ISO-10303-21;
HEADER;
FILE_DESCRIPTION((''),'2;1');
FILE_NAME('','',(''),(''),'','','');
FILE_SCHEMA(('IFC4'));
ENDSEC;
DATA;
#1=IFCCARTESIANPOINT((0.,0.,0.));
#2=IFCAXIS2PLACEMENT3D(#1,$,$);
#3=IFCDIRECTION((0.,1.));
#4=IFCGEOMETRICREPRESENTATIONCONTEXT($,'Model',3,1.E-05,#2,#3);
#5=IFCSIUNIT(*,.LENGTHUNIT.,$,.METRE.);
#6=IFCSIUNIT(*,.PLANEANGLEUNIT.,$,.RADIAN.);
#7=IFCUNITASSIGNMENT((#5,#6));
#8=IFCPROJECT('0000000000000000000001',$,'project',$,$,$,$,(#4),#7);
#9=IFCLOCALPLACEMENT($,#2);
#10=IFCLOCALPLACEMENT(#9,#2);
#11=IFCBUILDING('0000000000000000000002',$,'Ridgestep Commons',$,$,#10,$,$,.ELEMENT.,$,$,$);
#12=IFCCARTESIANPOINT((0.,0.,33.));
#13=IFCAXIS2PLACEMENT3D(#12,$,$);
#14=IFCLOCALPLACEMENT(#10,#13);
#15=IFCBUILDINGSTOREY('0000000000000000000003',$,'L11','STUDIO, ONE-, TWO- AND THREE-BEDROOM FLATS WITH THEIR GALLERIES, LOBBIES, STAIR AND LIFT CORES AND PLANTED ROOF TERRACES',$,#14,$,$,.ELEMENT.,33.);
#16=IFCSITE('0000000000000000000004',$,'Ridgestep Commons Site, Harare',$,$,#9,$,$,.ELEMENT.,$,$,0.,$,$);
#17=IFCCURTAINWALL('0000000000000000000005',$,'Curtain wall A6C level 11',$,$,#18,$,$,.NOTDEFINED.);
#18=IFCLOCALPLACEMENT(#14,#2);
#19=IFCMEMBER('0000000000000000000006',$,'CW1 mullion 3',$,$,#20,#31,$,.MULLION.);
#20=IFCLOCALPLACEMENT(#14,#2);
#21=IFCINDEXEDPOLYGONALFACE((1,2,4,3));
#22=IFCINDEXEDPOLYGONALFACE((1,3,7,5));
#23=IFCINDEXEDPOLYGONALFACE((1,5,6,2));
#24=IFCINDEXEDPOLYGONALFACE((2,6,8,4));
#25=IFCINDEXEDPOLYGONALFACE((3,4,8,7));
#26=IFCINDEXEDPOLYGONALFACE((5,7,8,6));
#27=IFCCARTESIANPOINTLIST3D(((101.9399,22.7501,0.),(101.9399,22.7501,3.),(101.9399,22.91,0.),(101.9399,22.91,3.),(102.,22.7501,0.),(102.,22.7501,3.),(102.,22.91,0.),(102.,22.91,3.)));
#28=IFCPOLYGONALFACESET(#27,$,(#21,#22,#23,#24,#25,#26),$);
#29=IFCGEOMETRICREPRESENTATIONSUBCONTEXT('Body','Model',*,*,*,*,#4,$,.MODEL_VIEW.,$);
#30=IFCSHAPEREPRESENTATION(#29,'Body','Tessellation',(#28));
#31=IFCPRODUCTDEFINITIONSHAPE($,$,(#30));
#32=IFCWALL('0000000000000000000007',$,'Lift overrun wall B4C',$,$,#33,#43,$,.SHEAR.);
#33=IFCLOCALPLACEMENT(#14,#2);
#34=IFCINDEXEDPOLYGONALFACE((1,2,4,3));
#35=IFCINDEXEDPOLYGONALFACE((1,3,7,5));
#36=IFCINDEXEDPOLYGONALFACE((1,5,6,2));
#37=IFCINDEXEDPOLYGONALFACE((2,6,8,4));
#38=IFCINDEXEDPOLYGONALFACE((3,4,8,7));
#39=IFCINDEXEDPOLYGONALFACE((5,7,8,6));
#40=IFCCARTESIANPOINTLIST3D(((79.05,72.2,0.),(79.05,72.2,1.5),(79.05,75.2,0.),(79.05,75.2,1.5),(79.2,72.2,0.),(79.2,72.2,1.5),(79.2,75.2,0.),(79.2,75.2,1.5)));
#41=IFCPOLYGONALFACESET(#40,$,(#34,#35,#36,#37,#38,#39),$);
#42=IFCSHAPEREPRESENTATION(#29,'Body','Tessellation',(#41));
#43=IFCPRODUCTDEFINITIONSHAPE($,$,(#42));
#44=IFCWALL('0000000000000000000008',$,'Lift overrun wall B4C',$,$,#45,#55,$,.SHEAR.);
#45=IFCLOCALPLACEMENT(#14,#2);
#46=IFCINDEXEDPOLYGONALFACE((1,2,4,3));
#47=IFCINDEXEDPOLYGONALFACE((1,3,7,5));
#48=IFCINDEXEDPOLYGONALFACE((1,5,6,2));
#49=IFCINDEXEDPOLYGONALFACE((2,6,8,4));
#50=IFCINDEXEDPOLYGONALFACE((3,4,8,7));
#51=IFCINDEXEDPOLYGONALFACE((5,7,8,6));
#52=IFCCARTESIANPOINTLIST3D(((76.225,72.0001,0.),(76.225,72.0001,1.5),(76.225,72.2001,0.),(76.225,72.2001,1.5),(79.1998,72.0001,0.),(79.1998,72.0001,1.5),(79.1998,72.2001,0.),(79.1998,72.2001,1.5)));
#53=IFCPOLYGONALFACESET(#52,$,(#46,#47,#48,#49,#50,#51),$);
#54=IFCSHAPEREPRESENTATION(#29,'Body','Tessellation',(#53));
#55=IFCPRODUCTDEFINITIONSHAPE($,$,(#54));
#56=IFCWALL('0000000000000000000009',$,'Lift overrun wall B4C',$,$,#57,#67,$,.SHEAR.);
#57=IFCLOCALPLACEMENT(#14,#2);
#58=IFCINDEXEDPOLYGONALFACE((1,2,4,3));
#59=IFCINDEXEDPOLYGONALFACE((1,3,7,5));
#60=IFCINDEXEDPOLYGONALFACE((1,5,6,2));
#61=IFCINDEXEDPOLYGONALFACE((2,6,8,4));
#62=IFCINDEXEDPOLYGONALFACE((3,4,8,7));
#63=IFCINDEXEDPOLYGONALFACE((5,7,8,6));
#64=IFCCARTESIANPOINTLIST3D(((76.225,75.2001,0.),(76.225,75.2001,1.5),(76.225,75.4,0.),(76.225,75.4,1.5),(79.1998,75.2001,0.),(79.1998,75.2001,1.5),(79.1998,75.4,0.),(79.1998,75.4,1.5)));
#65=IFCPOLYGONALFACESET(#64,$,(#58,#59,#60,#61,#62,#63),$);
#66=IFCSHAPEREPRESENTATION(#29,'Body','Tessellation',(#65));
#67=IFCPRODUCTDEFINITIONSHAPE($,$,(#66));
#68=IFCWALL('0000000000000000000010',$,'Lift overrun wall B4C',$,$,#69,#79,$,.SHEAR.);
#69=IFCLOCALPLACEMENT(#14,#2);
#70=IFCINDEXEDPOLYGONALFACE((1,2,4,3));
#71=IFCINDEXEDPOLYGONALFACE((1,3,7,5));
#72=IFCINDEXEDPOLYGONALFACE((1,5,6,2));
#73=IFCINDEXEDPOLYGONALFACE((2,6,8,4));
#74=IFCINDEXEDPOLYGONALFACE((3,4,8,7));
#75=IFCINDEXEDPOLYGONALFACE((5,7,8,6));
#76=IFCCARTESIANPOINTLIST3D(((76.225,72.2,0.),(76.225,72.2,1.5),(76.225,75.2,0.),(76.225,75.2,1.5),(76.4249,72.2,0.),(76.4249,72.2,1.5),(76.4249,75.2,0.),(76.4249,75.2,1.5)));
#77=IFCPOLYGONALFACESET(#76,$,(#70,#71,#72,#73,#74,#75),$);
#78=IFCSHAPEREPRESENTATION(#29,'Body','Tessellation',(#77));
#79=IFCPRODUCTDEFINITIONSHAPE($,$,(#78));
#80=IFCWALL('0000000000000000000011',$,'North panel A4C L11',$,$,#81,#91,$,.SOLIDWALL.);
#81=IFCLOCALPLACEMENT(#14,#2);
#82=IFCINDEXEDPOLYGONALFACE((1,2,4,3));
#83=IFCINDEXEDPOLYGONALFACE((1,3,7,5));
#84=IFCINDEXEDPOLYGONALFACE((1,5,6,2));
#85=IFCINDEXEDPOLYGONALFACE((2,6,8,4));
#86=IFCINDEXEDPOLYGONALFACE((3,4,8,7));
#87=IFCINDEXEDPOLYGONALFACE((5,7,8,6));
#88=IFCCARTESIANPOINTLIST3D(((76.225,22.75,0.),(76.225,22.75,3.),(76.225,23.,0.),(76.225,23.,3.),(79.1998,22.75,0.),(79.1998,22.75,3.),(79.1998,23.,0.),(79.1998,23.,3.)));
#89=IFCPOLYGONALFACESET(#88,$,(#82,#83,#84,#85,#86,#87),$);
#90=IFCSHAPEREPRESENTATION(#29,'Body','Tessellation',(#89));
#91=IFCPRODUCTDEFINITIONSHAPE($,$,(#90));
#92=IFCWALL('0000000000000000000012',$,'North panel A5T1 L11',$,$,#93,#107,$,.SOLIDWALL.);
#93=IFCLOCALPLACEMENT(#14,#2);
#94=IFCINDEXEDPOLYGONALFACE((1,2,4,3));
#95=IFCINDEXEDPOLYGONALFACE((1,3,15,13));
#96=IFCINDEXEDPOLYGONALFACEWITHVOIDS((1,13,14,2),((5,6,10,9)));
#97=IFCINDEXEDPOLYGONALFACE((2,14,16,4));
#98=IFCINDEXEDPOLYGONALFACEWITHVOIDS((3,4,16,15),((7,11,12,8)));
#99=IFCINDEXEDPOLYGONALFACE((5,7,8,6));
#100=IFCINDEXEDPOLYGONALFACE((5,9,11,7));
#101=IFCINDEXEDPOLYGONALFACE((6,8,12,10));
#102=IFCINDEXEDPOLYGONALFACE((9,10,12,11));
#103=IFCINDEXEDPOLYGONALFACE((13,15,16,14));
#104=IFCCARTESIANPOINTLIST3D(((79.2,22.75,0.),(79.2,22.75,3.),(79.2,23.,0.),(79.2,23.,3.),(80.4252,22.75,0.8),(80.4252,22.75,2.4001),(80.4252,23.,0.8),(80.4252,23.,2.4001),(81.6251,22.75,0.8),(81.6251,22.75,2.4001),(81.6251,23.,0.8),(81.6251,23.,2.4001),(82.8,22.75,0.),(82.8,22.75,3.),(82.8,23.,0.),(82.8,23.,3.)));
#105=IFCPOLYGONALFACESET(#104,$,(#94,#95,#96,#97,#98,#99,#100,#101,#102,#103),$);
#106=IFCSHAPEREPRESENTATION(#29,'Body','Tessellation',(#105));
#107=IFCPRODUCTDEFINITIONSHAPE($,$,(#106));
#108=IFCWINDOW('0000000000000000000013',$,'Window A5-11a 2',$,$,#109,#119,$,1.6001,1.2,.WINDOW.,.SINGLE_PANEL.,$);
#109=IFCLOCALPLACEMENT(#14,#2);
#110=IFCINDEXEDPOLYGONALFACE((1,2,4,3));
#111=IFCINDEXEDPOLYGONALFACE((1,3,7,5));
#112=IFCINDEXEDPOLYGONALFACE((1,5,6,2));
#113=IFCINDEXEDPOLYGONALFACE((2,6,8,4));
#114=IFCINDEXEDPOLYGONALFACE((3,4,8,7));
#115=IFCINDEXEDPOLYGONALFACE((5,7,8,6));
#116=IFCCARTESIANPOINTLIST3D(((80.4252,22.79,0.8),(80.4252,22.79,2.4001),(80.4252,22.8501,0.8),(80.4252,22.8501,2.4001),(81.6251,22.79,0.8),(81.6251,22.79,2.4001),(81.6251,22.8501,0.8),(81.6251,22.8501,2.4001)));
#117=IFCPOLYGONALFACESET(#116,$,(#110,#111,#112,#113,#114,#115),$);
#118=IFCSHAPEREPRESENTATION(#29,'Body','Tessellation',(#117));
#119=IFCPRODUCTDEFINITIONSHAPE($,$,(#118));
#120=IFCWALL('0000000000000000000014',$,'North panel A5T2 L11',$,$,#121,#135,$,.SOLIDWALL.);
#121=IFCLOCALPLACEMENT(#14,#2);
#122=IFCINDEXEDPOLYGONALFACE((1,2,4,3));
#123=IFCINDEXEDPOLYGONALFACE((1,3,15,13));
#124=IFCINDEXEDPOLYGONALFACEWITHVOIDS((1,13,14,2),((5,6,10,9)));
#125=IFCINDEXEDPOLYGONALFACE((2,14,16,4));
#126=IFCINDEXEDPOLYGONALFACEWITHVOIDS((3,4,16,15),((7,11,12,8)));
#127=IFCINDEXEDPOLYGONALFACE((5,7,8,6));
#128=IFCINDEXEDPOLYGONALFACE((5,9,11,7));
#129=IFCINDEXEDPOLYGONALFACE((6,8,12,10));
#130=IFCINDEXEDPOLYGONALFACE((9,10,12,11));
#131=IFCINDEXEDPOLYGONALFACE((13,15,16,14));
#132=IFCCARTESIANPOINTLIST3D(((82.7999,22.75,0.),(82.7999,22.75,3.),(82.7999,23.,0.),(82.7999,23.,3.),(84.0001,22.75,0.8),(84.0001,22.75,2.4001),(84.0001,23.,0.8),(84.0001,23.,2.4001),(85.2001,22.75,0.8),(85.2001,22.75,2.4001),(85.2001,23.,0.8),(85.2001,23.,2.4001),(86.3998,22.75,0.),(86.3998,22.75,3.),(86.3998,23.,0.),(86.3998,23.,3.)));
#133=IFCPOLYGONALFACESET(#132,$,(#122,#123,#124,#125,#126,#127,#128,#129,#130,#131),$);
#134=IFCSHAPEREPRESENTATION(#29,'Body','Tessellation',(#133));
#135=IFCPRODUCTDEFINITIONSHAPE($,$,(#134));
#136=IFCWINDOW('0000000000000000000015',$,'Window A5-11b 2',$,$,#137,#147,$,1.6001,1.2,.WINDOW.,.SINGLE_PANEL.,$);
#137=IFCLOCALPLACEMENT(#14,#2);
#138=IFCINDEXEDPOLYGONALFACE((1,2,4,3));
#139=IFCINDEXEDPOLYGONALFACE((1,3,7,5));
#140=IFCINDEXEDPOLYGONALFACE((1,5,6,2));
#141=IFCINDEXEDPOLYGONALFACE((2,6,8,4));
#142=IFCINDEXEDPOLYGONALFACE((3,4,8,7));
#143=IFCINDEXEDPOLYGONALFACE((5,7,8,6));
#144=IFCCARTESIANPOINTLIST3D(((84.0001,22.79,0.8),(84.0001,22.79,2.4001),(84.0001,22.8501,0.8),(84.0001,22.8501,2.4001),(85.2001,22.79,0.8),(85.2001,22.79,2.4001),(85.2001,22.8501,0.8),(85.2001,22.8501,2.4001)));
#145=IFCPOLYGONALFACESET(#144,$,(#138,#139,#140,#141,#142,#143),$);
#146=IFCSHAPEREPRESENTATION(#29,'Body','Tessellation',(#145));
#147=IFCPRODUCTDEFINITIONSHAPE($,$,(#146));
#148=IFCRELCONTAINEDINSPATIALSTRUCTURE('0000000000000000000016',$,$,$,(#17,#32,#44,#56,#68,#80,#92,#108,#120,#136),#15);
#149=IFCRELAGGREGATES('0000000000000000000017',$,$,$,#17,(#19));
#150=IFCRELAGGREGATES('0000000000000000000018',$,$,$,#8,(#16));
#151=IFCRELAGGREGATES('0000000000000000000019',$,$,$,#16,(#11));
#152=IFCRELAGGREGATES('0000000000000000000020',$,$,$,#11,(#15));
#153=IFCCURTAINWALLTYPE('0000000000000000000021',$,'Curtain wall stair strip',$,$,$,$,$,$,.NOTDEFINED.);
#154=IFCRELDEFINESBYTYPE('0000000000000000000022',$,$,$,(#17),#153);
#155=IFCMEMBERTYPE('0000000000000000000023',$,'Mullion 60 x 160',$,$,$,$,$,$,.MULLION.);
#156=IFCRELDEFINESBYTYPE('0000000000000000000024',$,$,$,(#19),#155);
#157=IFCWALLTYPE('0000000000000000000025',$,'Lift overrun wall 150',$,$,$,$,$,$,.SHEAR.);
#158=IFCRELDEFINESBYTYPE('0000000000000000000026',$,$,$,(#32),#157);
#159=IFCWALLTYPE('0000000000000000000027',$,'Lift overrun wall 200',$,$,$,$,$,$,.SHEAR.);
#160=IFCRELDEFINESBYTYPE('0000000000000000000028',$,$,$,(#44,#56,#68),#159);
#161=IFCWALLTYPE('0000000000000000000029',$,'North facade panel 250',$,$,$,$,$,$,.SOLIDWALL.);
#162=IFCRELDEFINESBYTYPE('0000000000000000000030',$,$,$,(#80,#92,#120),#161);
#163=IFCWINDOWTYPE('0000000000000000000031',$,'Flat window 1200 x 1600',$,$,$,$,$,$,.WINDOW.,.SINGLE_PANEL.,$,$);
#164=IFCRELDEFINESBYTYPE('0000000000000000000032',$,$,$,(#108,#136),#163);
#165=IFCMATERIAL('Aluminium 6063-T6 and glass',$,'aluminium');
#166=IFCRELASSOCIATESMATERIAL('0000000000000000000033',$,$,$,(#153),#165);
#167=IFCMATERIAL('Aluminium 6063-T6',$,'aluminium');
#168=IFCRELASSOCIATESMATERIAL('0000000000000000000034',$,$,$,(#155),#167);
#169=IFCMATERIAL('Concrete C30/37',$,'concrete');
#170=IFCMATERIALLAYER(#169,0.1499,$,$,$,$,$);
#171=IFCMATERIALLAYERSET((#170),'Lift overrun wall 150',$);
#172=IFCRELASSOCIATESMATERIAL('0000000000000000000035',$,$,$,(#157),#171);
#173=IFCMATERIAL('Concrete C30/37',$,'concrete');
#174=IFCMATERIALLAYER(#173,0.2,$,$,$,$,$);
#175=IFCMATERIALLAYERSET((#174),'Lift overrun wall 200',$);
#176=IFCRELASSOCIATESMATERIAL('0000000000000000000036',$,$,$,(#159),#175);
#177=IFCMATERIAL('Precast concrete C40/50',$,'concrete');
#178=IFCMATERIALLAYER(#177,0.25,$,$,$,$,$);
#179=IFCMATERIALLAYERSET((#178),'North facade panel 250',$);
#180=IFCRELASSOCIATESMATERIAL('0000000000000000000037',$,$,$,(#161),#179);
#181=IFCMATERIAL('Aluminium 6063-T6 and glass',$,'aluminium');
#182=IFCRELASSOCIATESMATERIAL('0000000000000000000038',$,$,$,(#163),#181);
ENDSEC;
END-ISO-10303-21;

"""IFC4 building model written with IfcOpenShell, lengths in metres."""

from ifc_helpers import new_model, si_unit, direction, frame, frame_2d, origin, origin_2d, place, context, subcontext, project, spatial, rectangle, extrude, material, layer, layer_set, material_profile, profile_set, type_object, element, fill, aggregate, save


model = new_model("IFC4")

# Units and contexts
model_context = context("Model", 3, precision=1e-05, world=origin(), true_north=direction((0.0, 1.0)))
body_context = subcontext(model_context, "Body", "Model", "MODEL_VIEW")
ifc_project = project(units=[si_unit("LENGTHUNIT", "METRE"), si_unit("PLANEANGLEUNIT", "RADIAN")], contexts=[model_context])

# Site, building, storey
site_placement = place(None, origin())
site = spatial("IfcSite", under=ifc_project, at=site_placement, Name="Ridgestep Commons Site, Harare", CompositionType="ELEMENT", RefElevation=0.0)
building_placement = place(site_placement, origin())
building = spatial("IfcBuilding", under=site, at=building_placement, Name="Ridgestep Commons", CompositionType="ELEMENT")
storey_placement = place(building_placement, frame((0.0, 0.0, 33.0)))
storey = spatial("IfcBuildingStorey", under=building, at=storey_placement, Name="L11", Description="STUDIO, ONE-, TWO- AND THREE-BEDROOM FLATS WITH THEIR GALLERIES, LOBBIES, STAIR AND LIFT CORES AND PLANTED ROOF TERRACES", CompositionType="ELEMENT", Elevation=33.0)

# Curtain wall, member
ifc_material_1 = material(Name="Aluminium 6063-T6 and glass", Category="aluminium")
curtain_wall_type = type_object("IfcCurtainWallType", Name="Curtain wall stair strip", PredefinedType="NOTDEFINED", material=ifc_material_1)
curtain_wall_placement = place(storey_placement, origin())
curtain_wall = element("IfcCurtainWall", 1, at=curtain_wall_placement, inside=storey, type_object=curtain_wall_type, Name="Curtain wall A6C level 11", PredefinedType="NOTDEFINED")
ifc_material_2 = material(Name="Aluminium 6063-T6", Category="aluminium")
ifc_material_profile = material_profile(ifc_material_2, rectangle(XDim=0.1599, YDim=0.0601, at=origin_2d()), Name="Mullion 60 x 160")
ifc_profile_set = profile_set([ifc_material_profile], Name="Aluminium 6063-T6")
member_type = type_object("IfcMemberType", Name="Mullion 60 x 160", PredefinedType="MULLION", material=ifc_profile_set)
member_placement = place(storey_placement, frame((101.97, 22.8301, 0.0), z_axis=(0.0, 0.0, 1.0), x_axis=(0.0, 1.0, 0.0)))
member = element("IfcMember", 2, at=member_placement, type_object=member_type, Name="CW1 mullion 3", PredefinedType="MULLION", context=body_context, shape_type="SweptSolid", body=[
    extrude(rectangle(XDim=0.1599, YDim=0.0601, at=origin_2d()), origin(), (0.0, 0.0, 1.0), 3.0),
])
aggregate(curtain_wall, [member])

# Walls
ifc_material_3 = material(Name="Concrete C30/37", Category="concrete")
ifc_layer_1 = layer(ifc_material_3, 0.1499)
ifc_layer_set_1 = layer_set([ifc_layer_1], Name="Lift overrun wall 150")
wall_type_1 = type_object("IfcWallType", Name="Lift overrun wall 150", PredefinedType="SHEAR", material=ifc_layer_set_1)
wall_1_placement = place(storey_placement, frame((79.125, 72.2, 0.0), z_axis=(0.0, 0.0, 1.0), x_axis=(0.0, 1.0, 0.0)))
element("IfcWall", 3, at=wall_1_placement, inside=storey, type_object=wall_type_1, Name="Lift overrun wall B4C", PredefinedType="SHEAR", context=body_context, shape_type="SweptSolid", body=[
    extrude(rectangle(XDim=3.0, YDim=0.1499, at=frame_2d((1.5, 0.0))), origin(), (0.0, 0.0, 1.0), 1.5),
])
ifc_material_4 = material(Name="Concrete C30/37", Category="concrete")
ifc_layer_2 = layer(ifc_material_4, 0.2)
ifc_layer_set_2 = layer_set([ifc_layer_2], Name="Lift overrun wall 200")
wall_type_2 = type_object("IfcWallType", Name="Lift overrun wall 200", PredefinedType="SHEAR", material=ifc_layer_set_2)
for number, where, z_axis, x_axis, name in (
    (4, (76.2251, 72.1001, 0.0), (0.0, 0.0, 1.0), (1.0, 0.0, 0.0), "Lift overrun wall B4C"),
    (5, (76.2251, 75.3, 0.0), (0.0, 0.0, 1.0), (1.0, 0.0, 0.0), "Lift overrun wall B4C"),
):
    element("IfcWall", number, at=place(storey_placement, frame(where, z_axis=z_axis, x_axis=x_axis)), inside=storey, type_object=wall_type_2, Name=name, PredefinedType="SHEAR", context=body_context, shape_type="SweptSolid", body=[
        extrude(rectangle(XDim=2.9749, YDim=0.2, at=frame_2d((1.4873, 0.0))), origin(), (0.0, 0.0, 1.0), 1.5),
    ])
wall_2_placement = place(storey_placement, frame((76.325, 72.2, 0.0), z_axis=(0.0, 0.0, 1.0), x_axis=(0.0, 1.0, 0.0)))
element("IfcWall", 6, at=wall_2_placement, inside=storey, type_object=wall_type_2, Name="Lift overrun wall B4C", PredefinedType="SHEAR", context=body_context, shape_type="SweptSolid", body=[
    extrude(rectangle(XDim=3.0, YDim=0.2, at=frame_2d((1.5, 0.0))), origin(), (0.0, 0.0, 1.0), 1.5),
])
ifc_material_5 = material(Name="Precast concrete C40/50", Category="concrete")
ifc_layer_3 = layer(ifc_material_5, 0.25)
ifc_layer_set_3 = layer_set([ifc_layer_3], Name="North facade panel 250")
wall_type_3 = type_object("IfcWallType", Name="North facade panel 250", PredefinedType="SOLIDWALL", material=ifc_layer_set_3)
wall_3_placement = place(storey_placement, frame((76.2251, 22.875, 0.0), z_axis=(0.0, 0.0, 1.0), x_axis=(1.0, 0.0, 0.0)))
element("IfcWall", 7, at=wall_3_placement, inside=storey, type_object=wall_type_3, Name="North panel A4C L11", PredefinedType="SOLIDWALL", context=body_context, shape_type="SweptSolid", body=[
    extrude(rectangle(XDim=2.9749, YDim=0.25, at=frame_2d((1.4873, 0.0))), origin(), (0.0, 0.0, 1.0), 3.0),
])

# Walls, openings, windows
wall_4_placement = place(storey_placement, frame((79.2, 22.875, 0.0), z_axis=(0.0, 0.0, 1.0), x_axis=(1.0, 0.0, 0.0)))
wall_4 = element("IfcWall", 8, at=wall_4_placement, inside=storey, type_object=wall_type_3, Name="North panel A5T1 L11", PredefinedType="SOLIDWALL", context=body_context, shape_type="SweptSolid", body=[
    extrude(rectangle(XDim=3.6001, YDim=0.25, at=frame_2d((1.8, 0.0))), origin(), (0.0, 0.0, 1.0), 3.0),
])
opening_1_placement = place(wall_4_placement, frame((1.2251, 0.0, 0.8)))
opening_1 = element("IfcOpeningElement", 9, at=opening_1_placement, cuts=wall_4, PredefinedType="OPENING", context=body_context, shape_type="SweptSolid", body=[
    extrude(rectangle(XDim=1.2, YDim=1.6001, at=frame_2d((0.6001, 0.8))), frame((0.0, 0.135, 0.0), z_axis=(0.0, -1.0, 0.0), x_axis=(1.0, 0.0, 0.0)), (0.0, 0.0, 1.0), 0.27),
])
ifc_material_6 = material(Name="Aluminium 6063-T6 and glass", Category="aluminium")
window_type = type_object("IfcWindowType", Name="Flat window 1200 x 1600", PartitioningType="SINGLE_PANEL", PredefinedType="WINDOW", material=ifc_material_6)
window_1_placement = place(opening_1_placement, origin())
window_1 = element("IfcWindow", 10, at=window_1_placement, inside=storey, type_object=window_type, Name="Window A5-11a 2", OverallHeight=1.6001, OverallWidth=1.2, PartitioningType="SINGLE_PANEL", PredefinedType="WINDOW", context=body_context, shape_type="SweptSolid", body=[
    extrude(rectangle(XDim=1.2, YDim=1.6001, at=frame_2d((0.6001, 0.8))), frame((0.0, -0.0249, 0.0), z_axis=(0.0, -1.0, 0.0), x_axis=(1.0, 0.0, 0.0)), (0.0, 0.0, 1.0), 0.0601),
])
fill(opening_1, window_1)
wall_5_placement = place(storey_placement, frame((82.8, 22.875, 0.0), z_axis=(0.0, 0.0, 1.0), x_axis=(1.0, 0.0, 0.0)))
wall_5 = element("IfcWall", 11, at=wall_5_placement, inside=storey, type_object=wall_type_3, Name="North panel A5T2 L11", PredefinedType="SOLIDWALL", context=body_context, shape_type="SweptSolid", body=[
    extrude(rectangle(XDim=3.5999, YDim=0.25, at=frame_2d((1.7998, 0.0))), origin(), (0.0, 0.0, 1.0), 3.0),
])
opening_2_placement = place(wall_5_placement, frame((1.2, 0.0, 0.8)))
opening_2 = element("IfcOpeningElement", 12, at=opening_2_placement, cuts=wall_5, PredefinedType="OPENING", context=body_context, shape_type="SweptSolid", body=[
    extrude(rectangle(XDim=1.2, YDim=1.6001, at=frame_2d((0.6001, 0.8))), frame((0.0, 0.135, 0.0), z_axis=(0.0, -1.0, 0.0), x_axis=(1.0, 0.0, 0.0)), (0.0, 0.0, 1.0), 0.27),
])
window_2_placement = place(opening_2_placement, origin())
window_2 = element("IfcWindow", 13, at=window_2_placement, inside=storey, type_object=window_type, Name="Window A5-11b 2", OverallHeight=1.6001, OverallWidth=1.2, PartitioningType="SINGLE_PANEL", PredefinedType="WINDOW", context=body_context, shape_type="SweptSolid", body=[
    extrude(rectangle(XDim=1.2, YDim=1.6001, at=frame_2d((0.6001, 0.8))), frame((0.0, -0.0249, 0.0), z_axis=(0.0, -1.0, 0.0), x_axis=(1.0, 0.0, 0.0)), (0.0, 0.0, 1.0), 0.0601),
])
fill(opening_2, window_2)

save(model, "model.ifc")
